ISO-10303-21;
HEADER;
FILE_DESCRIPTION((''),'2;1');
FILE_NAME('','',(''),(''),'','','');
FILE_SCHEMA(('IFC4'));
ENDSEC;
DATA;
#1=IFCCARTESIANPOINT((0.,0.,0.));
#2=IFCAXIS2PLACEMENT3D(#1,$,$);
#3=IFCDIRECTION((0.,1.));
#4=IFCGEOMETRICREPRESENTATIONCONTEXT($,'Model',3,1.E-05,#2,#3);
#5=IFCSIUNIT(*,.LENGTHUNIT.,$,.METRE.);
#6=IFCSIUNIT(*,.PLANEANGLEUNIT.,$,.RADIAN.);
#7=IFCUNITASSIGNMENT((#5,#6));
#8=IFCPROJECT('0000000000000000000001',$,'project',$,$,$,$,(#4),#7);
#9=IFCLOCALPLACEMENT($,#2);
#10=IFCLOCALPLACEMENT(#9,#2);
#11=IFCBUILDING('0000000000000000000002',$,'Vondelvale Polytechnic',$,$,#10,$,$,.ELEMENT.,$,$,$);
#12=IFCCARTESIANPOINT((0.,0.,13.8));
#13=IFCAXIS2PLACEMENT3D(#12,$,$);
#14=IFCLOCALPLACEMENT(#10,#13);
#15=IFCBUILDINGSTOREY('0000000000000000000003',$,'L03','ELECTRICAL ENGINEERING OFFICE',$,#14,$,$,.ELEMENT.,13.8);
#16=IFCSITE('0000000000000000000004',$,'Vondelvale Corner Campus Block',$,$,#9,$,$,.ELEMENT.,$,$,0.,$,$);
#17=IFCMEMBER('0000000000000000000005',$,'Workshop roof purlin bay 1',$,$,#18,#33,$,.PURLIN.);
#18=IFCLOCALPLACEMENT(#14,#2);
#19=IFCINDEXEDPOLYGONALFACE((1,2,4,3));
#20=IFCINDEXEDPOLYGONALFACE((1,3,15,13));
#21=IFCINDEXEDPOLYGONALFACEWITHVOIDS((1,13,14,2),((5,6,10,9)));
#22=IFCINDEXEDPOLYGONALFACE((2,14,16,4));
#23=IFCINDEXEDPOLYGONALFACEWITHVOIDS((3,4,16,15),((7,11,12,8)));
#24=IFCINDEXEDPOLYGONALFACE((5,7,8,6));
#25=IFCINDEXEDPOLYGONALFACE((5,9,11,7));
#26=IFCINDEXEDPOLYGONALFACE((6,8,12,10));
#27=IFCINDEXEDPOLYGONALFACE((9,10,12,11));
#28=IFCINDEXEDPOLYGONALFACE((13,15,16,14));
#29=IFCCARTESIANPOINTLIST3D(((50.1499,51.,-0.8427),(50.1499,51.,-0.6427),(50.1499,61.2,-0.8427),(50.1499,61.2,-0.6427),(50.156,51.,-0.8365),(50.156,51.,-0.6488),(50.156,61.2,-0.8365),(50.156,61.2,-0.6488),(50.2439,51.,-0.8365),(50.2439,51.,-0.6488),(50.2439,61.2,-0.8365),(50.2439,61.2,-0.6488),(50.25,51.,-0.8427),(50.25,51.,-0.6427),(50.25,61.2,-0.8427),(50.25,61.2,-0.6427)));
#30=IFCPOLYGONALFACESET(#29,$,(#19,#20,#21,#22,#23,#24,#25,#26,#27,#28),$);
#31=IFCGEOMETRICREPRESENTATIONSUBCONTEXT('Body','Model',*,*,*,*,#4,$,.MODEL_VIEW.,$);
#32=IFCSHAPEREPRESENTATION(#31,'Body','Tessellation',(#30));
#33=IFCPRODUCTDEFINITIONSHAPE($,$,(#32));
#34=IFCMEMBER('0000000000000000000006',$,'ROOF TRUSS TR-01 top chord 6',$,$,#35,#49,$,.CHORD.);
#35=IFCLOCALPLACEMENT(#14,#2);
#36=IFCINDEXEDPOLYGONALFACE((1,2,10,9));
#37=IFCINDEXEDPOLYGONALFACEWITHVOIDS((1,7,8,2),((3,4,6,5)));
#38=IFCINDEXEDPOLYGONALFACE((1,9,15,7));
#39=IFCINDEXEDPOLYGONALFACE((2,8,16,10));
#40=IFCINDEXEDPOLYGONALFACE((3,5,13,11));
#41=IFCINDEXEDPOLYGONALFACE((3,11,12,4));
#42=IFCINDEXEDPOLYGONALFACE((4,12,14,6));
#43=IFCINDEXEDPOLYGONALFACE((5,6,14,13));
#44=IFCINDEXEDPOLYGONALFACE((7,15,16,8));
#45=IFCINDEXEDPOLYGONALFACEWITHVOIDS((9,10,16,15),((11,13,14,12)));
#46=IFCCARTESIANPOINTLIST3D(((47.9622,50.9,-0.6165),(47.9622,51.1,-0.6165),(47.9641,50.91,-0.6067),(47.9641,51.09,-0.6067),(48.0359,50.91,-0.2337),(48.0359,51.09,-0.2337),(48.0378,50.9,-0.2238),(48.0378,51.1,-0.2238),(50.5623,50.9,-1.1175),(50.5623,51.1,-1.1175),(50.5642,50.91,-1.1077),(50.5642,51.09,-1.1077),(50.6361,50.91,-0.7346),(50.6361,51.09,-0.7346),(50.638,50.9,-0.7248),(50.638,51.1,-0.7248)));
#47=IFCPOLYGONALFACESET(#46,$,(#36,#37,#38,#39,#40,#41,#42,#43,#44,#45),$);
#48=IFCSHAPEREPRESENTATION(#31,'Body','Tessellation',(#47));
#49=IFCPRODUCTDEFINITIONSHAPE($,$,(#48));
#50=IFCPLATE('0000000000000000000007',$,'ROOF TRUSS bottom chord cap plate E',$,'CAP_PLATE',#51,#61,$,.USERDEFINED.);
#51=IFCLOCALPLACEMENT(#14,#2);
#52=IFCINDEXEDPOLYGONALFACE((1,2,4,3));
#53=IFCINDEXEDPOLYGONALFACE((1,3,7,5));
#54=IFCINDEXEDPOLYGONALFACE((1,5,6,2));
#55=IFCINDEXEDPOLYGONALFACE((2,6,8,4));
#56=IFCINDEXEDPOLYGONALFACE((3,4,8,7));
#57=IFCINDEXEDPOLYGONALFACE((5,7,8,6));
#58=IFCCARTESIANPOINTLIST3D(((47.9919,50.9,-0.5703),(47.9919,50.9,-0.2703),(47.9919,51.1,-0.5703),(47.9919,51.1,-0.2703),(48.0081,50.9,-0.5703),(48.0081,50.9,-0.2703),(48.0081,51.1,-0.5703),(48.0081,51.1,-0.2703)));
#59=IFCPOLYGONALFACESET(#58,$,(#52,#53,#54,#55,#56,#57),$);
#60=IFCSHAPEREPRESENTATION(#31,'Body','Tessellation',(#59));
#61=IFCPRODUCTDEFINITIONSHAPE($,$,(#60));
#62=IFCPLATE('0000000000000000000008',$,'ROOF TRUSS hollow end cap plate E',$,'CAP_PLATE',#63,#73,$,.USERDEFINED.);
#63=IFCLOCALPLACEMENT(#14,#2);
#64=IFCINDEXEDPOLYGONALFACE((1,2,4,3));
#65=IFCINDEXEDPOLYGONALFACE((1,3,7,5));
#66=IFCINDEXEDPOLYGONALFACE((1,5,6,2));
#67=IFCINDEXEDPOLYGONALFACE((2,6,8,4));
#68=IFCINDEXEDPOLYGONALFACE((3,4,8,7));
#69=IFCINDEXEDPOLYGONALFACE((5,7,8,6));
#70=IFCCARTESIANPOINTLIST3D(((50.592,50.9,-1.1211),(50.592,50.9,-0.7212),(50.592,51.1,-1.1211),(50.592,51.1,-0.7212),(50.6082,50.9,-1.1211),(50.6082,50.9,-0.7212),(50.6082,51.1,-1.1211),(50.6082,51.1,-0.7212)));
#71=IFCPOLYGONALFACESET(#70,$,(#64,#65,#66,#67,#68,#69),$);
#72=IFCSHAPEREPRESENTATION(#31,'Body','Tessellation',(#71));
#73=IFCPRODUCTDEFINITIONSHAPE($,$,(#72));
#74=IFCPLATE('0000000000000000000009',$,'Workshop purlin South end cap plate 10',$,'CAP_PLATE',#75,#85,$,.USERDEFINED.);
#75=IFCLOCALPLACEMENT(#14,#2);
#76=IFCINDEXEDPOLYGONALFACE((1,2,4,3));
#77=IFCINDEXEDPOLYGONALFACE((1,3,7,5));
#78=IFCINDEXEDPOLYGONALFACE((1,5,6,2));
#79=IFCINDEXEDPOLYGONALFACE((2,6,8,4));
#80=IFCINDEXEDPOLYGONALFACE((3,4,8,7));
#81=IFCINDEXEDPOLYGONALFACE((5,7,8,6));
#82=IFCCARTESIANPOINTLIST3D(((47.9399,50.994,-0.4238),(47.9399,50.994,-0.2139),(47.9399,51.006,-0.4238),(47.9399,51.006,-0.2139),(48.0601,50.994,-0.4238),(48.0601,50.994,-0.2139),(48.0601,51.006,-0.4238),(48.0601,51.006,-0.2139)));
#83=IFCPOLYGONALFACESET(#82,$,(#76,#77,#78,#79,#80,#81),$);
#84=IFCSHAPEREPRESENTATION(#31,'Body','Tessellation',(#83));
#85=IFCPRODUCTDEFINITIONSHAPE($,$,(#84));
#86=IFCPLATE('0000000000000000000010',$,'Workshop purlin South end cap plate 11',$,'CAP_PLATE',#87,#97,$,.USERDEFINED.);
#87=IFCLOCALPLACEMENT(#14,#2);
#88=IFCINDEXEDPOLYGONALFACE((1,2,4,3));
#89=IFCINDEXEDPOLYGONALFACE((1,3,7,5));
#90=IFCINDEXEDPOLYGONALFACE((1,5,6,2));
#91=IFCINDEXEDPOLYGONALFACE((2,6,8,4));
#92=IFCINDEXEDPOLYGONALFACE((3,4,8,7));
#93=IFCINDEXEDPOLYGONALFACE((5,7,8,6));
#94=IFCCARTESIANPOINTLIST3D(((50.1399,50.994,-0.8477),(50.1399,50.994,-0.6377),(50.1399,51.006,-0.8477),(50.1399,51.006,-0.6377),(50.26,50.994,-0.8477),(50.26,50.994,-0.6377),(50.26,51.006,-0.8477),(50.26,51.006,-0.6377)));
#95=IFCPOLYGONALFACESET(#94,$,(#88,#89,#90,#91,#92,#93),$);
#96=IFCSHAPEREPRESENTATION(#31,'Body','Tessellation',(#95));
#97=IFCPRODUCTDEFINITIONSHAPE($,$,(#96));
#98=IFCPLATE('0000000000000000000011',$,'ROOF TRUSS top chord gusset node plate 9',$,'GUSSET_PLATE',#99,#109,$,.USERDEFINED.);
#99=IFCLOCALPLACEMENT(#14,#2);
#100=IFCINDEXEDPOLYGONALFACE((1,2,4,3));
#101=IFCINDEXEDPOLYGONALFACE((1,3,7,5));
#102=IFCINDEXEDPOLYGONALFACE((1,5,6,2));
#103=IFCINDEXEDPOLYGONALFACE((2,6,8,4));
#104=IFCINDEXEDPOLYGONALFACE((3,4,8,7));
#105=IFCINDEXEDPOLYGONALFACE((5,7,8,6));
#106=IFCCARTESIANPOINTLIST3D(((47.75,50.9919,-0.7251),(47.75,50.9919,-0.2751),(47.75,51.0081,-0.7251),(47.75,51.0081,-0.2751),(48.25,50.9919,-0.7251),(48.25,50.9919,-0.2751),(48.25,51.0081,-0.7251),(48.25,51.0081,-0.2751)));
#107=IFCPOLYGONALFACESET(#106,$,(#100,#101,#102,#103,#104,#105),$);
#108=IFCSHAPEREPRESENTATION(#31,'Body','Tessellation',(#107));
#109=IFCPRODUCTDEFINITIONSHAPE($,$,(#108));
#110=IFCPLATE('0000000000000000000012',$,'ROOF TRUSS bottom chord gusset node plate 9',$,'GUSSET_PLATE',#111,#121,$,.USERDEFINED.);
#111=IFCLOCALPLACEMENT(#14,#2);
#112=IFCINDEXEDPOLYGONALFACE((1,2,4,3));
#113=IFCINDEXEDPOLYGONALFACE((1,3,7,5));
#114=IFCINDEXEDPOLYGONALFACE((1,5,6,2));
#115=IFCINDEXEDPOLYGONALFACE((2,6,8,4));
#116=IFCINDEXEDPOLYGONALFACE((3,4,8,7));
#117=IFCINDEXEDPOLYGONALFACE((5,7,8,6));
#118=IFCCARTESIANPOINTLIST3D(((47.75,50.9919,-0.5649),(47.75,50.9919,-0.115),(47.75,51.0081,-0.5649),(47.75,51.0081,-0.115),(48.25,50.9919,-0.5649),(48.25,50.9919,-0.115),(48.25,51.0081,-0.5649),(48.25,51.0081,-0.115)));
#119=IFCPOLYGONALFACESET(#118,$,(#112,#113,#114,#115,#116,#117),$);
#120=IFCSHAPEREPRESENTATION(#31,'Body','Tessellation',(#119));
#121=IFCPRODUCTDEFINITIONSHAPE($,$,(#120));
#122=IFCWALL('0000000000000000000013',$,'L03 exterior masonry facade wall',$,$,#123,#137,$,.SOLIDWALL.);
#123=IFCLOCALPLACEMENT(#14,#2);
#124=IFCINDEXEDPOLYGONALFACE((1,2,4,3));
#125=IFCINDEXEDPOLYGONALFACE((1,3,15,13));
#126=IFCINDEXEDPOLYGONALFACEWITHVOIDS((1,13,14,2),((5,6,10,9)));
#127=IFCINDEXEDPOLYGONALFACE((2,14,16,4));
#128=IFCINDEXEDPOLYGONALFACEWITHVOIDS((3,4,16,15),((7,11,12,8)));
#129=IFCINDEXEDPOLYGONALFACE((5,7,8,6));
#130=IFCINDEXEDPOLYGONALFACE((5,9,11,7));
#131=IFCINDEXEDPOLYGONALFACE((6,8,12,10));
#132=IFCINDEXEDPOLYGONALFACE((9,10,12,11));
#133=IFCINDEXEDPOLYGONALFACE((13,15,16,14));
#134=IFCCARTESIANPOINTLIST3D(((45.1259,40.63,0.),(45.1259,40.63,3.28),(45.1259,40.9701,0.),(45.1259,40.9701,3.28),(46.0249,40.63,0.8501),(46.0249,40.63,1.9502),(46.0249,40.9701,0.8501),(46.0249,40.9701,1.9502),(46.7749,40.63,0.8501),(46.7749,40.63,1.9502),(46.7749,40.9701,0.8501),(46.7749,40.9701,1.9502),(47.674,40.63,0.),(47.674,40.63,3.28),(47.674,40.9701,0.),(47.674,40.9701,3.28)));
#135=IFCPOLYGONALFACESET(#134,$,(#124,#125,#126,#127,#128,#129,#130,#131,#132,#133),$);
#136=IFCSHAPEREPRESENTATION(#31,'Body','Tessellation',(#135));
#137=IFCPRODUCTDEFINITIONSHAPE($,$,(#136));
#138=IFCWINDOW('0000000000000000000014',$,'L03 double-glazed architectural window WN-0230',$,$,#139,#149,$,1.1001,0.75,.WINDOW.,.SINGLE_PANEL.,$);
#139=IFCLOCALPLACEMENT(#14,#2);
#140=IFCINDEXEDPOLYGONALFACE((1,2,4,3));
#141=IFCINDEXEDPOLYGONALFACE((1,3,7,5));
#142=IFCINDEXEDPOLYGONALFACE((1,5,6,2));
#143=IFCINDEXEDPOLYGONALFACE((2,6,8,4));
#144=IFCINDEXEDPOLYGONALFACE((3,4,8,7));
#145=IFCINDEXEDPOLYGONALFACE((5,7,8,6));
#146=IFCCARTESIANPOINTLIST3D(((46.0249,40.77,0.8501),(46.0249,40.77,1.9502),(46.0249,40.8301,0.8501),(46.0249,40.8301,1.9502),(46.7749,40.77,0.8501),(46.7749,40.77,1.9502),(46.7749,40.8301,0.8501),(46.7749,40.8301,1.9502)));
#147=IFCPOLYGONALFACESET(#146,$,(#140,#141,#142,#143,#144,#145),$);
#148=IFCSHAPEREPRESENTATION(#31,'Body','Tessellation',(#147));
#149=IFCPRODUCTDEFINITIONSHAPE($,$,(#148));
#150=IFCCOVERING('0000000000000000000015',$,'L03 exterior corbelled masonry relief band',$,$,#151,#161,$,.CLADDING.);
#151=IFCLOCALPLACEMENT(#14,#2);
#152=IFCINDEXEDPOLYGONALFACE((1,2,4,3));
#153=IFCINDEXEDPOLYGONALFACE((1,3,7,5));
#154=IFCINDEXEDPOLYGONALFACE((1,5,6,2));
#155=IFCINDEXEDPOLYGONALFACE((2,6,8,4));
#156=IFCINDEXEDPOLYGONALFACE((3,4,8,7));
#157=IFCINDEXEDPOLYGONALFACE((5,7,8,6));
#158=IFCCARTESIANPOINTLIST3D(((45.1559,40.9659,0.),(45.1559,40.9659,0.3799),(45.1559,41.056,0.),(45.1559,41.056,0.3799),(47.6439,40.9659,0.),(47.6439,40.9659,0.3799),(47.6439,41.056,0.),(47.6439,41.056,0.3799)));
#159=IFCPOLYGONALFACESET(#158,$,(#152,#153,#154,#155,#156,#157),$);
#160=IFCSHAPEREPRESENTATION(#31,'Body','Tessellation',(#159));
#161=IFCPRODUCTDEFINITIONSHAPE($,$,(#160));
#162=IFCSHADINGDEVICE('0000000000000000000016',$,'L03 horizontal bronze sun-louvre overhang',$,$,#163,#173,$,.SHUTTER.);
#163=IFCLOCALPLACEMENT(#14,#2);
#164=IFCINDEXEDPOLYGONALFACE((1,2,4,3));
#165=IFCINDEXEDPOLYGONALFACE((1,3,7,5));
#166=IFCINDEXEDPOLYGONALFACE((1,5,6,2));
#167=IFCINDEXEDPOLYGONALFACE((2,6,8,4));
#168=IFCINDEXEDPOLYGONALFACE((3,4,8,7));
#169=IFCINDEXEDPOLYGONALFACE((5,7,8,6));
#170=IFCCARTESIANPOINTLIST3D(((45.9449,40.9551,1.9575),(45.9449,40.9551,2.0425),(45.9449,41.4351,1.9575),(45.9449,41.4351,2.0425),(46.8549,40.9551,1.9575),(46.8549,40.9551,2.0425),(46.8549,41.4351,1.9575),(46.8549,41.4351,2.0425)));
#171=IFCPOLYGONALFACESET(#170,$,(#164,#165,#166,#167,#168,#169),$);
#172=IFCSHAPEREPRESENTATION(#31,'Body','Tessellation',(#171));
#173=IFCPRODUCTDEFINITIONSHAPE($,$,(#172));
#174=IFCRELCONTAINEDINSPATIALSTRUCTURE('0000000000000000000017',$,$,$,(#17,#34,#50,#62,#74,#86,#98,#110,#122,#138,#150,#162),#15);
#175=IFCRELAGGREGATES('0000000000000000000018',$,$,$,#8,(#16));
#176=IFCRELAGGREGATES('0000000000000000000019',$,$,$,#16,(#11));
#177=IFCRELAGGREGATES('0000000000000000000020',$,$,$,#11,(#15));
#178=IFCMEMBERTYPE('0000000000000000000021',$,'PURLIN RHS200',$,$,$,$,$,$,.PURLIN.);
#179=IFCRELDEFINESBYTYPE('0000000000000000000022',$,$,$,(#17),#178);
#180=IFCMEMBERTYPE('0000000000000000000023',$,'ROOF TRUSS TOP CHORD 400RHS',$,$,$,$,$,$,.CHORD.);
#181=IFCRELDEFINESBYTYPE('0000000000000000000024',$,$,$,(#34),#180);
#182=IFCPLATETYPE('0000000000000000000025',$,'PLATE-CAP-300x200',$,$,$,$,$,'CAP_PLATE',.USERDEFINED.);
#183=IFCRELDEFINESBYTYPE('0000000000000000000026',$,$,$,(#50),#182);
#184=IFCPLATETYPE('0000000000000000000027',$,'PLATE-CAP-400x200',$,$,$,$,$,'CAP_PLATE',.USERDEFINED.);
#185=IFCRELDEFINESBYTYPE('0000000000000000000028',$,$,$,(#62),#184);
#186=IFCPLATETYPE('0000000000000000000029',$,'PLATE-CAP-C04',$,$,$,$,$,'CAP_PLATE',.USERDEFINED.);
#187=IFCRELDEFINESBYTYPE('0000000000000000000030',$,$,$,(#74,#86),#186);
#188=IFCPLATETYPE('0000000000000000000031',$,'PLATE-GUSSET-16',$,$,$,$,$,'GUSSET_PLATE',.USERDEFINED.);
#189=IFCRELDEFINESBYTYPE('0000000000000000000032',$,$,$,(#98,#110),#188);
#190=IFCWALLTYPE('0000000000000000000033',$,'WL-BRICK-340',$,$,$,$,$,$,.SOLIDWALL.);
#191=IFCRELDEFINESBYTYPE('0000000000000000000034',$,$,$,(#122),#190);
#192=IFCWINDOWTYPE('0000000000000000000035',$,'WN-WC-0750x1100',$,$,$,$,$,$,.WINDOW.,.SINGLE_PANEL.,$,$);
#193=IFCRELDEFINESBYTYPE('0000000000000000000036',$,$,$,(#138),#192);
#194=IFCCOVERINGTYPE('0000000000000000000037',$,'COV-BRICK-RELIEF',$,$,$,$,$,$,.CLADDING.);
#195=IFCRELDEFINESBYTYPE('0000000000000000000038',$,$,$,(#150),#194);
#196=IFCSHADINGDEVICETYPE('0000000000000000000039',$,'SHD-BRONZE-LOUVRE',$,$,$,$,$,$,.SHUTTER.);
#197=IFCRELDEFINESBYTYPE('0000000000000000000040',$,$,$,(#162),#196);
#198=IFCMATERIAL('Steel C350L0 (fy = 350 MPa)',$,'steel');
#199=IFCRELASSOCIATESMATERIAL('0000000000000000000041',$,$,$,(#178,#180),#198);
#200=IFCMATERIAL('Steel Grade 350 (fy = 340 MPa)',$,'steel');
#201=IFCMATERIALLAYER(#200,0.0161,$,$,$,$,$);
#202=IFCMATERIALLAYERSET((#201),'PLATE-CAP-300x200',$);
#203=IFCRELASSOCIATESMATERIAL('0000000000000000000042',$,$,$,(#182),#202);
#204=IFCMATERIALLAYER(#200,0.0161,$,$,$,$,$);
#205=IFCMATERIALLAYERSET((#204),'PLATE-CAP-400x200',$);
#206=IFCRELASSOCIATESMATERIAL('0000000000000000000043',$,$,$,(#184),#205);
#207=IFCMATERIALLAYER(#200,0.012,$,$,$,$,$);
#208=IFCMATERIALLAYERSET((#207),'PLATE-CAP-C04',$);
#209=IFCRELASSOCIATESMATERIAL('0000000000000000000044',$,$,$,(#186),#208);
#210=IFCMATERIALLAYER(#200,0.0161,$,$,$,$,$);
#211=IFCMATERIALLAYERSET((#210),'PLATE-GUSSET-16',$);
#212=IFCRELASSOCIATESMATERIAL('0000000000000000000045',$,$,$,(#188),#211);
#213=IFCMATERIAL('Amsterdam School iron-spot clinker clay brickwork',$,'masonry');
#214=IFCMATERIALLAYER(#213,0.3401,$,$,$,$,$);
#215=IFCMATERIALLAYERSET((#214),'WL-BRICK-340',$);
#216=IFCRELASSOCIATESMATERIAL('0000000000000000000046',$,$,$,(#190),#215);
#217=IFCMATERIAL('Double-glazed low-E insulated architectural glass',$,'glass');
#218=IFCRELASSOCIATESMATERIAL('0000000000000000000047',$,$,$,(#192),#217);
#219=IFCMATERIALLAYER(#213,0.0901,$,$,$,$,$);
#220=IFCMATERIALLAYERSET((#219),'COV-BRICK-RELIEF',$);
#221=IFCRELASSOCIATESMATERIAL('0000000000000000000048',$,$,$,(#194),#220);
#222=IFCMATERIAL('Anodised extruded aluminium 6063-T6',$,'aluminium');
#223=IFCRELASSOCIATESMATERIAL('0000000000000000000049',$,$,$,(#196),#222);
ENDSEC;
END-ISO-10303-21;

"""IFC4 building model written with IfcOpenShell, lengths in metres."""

from ifc_helpers import new_model, si_unit, direction, frame, frame_2d, origin, origin_2d, place, context, subcontext, project, spatial, rectangle, hollow_rectangle, extrude, material, layer, layer_set, material_profile, profile_set, type_object, element, fill, save


model = new_model("IFC4")

# Units and contexts
model_context = context("Model", 3, precision=1e-05, world=origin(), true_north=direction((0.0, 1.0)))
body_context = subcontext(model_context, "Body", "Model", "MODEL_VIEW")
ifc_project = project(units=[si_unit("LENGTHUNIT", "METRE"), si_unit("PLANEANGLEUNIT", "RADIAN")], contexts=[model_context])

# Site, building, storey
site_placement = place(None, origin())
site = spatial("IfcSite", under=ifc_project, at=site_placement, Name="Vondelvale Corner Campus Block", CompositionType="ELEMENT", RefElevation=0.0)
building_placement = place(site_placement, origin())
building = spatial("IfcBuilding", under=site, at=building_placement, Name="Vondelvale Polytechnic", CompositionType="ELEMENT")
storey_placement = place(building_placement, frame((0.0, 0.0, 13.8)))
storey = spatial("IfcBuildingStorey", under=building, at=storey_placement, Name="L03", Description="ELECTRICAL ENGINEERING OFFICE", CompositionType="ELEMENT", Elevation=13.8)

# Shared definitions
ifc_material_1 = material(Name="Anodised extruded aluminium 6063-T6", Category="aluminium")

# Members
ifc_material_2 = material(Name="Steel C350L0 (fy = 350 MPa)", Category="steel")
ifc_material_profile_1 = material_profile(ifc_material_2, hollow_rectangle(XDim=0.1001, YDim=0.2, WallThickness=0.0061, at=origin_2d()), Name="200x100x6.0RHS")
ifc_profile_set_1 = profile_set([ifc_material_profile_1], Name="Steel C350L0 (fy = 350 MPa)")
member_type_1 = type_object("IfcMemberType", Name="PURLIN RHS200", PredefinedType="PURLIN", material=ifc_profile_set_1)
for number, where, z_axis, x_axis, name in (
    (1, (50.2, 51.0, -0.7427), (0.0, 1.0, 0.0), (-1.0, 0.0, 0.0), "Workshop roof purlin bay 1"),
):
    element("IfcMember", number, at=place(storey_placement, frame(where, z_axis=z_axis, x_axis=x_axis)), inside=storey, type_object=member_type_1, Name=name, PredefinedType="PURLIN", context=body_context, shape_type="SweptSolid", body=[
        extrude(hollow_rectangle(XDim=0.1001, YDim=0.2, WallThickness=0.0061, at=origin_2d()), origin(), (0.0, 0.0, 1.0), 10.2),
    ])
ifc_material_profile_2 = material_profile(ifc_material_2, hollow_rectangle(XDim=0.2, YDim=0.3999, WallThickness=0.01, at=origin_2d()), Name="400x200x10.0RHS")
ifc_profile_set_2 = profile_set([ifc_material_profile_2], Name="Steel C350L0 (fy = 350 MPa)")
member_type_2 = type_object("IfcMemberType", Name="ROOF TRUSS TOP CHORD 400RHS", PredefinedType="CHORD", material=ifc_profile_set_2)
member_1_placement = place(storey_placement, frame((48.0, 51.0, -0.4202), z_axis=(0.981939, 0.0, -0.189196), x_axis=(0.0, 1.0, 0.0)))
element("IfcMember", 2, at=member_1_placement, inside=storey, type_object=member_type_2, Name="ROOF TRUSS TR-01 top chord 6", PredefinedType="CHORD", context=body_context, shape_type="SweptSolid", body=[
    extrude(hollow_rectangle(XDim=0.2, YDim=0.3999, WallThickness=0.01, at=origin_2d()), origin(), (0.0, 0.0, 1.0), 2.6479),
])

# Plates
ifc_material_3 = material(Name="Steel Grade 350 (fy = 340 MPa)", Category="steel")
ifc_layer_1 = layer(ifc_material_3, 0.0161)
ifc_layer_set_1 = layer_set([ifc_layer_1], Name="PLATE-CAP-300x200")
plate_type_1 = type_object("IfcPlateType", Name="PLATE-CAP-300x200", ElementType="CAP_PLATE", PredefinedType="USERDEFINED", material=ifc_layer_set_1)
plate_1_placement = place(storey_placement, frame((48.0, 51.0, -0.5703), z_axis=(0.0, 0.0, 1.0), x_axis=(1.0, 0.0, 0.0)))
element("IfcPlate", 3, at=plate_1_placement, inside=storey, type_object=plate_type_1, Name="ROOF TRUSS bottom chord cap plate E", ObjectType="CAP_PLATE", PredefinedType="USERDEFINED", context=body_context, shape_type="SweptSolid", body=[
    extrude(rectangle(XDim=0.0161, YDim=0.2, at=origin_2d()), origin(), (0.0, 0.0, 1.0), 0.3),
])
ifc_layer_2 = layer(ifc_material_3, 0.0161)
ifc_layer_set_2 = layer_set([ifc_layer_2], Name="PLATE-CAP-400x200")
plate_type_2 = type_object("IfcPlateType", Name="PLATE-CAP-400x200", ElementType="CAP_PLATE", PredefinedType="USERDEFINED", material=ifc_layer_set_2)
plate_2_placement = place(storey_placement, frame((50.6001, 51.0, -1.1211), z_axis=(0.0, 0.0, 1.0), x_axis=(1.0, 0.0, 0.0)))
element("IfcPlate", 4, at=plate_2_placement, inside=storey, type_object=plate_type_2, Name="ROOF TRUSS hollow end cap plate E", ObjectType="CAP_PLATE", PredefinedType="USERDEFINED", context=body_context, shape_type="SweptSolid", body=[
    extrude(rectangle(XDim=0.0161, YDim=0.2, at=origin_2d()), origin(), (0.0, 0.0, 1.0), 0.3999),
])
ifc_layer_3 = layer(ifc_material_3, 0.012)
ifc_layer_set_3 = layer_set([ifc_layer_3], Name="PLATE-CAP-C04")
plate_type_3 = type_object("IfcPlateType", Name="PLATE-CAP-C04", ElementType="CAP_PLATE", PredefinedType="USERDEFINED", material=ifc_layer_set_3)
for number, where, z_axis, x_axis, name in (
    (5, (48.0, 51.0, -0.4238), (0.0, 0.0, 1.0), (1.0, 0.0, 0.0), "Workshop purlin South end cap plate 10"),
    (6, (50.2, 51.0, -0.8477), (0.0, 0.0, 1.0), (1.0, 0.0, 0.0), "Workshop purlin South end cap plate 11"),
):
    element("IfcPlate", number, at=place(storey_placement, frame(where, z_axis=z_axis, x_axis=x_axis)), inside=storey, type_object=plate_type_3, Name=name, ObjectType="CAP_PLATE", PredefinedType="USERDEFINED", context=body_context, shape_type="SweptSolid", body=[
        extrude(rectangle(XDim=0.1201, YDim=0.012, at=origin_2d()), origin(), (0.0, 0.0, 1.0), 0.21),
    ])
ifc_layer_4 = layer(ifc_material_3, 0.0161)
ifc_layer_set_4 = layer_set([ifc_layer_4], Name="PLATE-GUSSET-16")
plate_type_4 = type_object("IfcPlateType", Name="PLATE-GUSSET-16", ElementType="GUSSET_PLATE", PredefinedType="USERDEFINED", material=ifc_layer_set_4)
for number, where, z_axis, x_axis, name in (
    (7, (48.0, 51.0, -0.7251), (0.0, 0.0, 1.0), (1.0, 0.0, 0.0), "ROOF TRUSS top chord gusset node plate 9"),
    (8, (48.0, 51.0, -0.5649), (0.0, 0.0, 1.0), (1.0, 0.0, 0.0), "ROOF TRUSS bottom chord gusset node plate 9"),
):
    element("IfcPlate", number, at=place(storey_placement, frame(where, z_axis=z_axis, x_axis=x_axis)), inside=storey, type_object=plate_type_4, Name=name, ObjectType="GUSSET_PLATE", PredefinedType="USERDEFINED", context=body_context, shape_type="SweptSolid", body=[
        extrude(rectangle(XDim=0.5, YDim=0.0161, at=origin_2d()), origin(), (0.0, 0.0, 1.0), 0.45),
    ])

# Wall, opening, window
ifc_material_4 = material(Name="Amsterdam School iron-spot clinker clay brickwork", Category="masonry")
ifc_layer_5 = layer(ifc_material_4, 0.3401)
ifc_layer_set_5 = layer_set([ifc_layer_5], Name="WL-BRICK-340")
wall_type = type_object("IfcWallType", Name="WL-BRICK-340", PredefinedType="SOLIDWALL", material=ifc_layer_set_5)
wall_placement = place(storey_placement, frame((45.126, 40.8, 0.0), z_axis=(0.0, 0.0, 1.0), x_axis=(1.0, 0.0, 0.0)))
wall = element("IfcWall", 9, at=wall_placement, inside=storey, type_object=wall_type, Name="L03 exterior masonry facade wall", PredefinedType="SOLIDWALL", context=body_context, shape_type="SweptSolid", body=[
    extrude(rectangle(XDim=2.5481, YDim=0.3401, at=frame_2d((1.2739, 0.0))), origin(), (0.0, 0.0, 1.0), 3.28),
])
opening_placement = place(wall_placement, frame((0.8989, 0.0, 0.8501)))
opening = element("IfcOpeningElement", 10, at=opening_placement, cuts=wall, PredefinedType="OPENING", context=body_context, shape_type="SweptSolid", body=[
    extrude(rectangle(XDim=0.75, YDim=1.1001, at=frame_2d((0.375, 0.55))), frame((0.0, 0.1799, 0.0), z_axis=(0.0, -1.0, 0.0), x_axis=(1.0, 0.0, 0.0)), (0.0, 0.0, 1.0), 0.3601),
])
ifc_material_5 = material(Name="Double-glazed low-E insulated architectural glass", Category="glass")
window_type = type_object("IfcWindowType", Name="WN-WC-0750x1100", PartitioningType="SINGLE_PANEL", PredefinedType="WINDOW", material=ifc_material_5)
window_placement = place(opening_placement, origin())
window = element("IfcWindow", 11, at=window_placement, inside=storey, type_object=window_type, Name="L03 double-glazed architectural window WN-0230", OverallHeight=1.1001, OverallWidth=0.75, PartitioningType="SINGLE_PANEL", PredefinedType="WINDOW", context=body_context, shape_type="SweptSolid", body=[
    extrude(rectangle(XDim=0.75, YDim=1.1001, at=frame_2d((0.375, 0.55))), frame((0.0, 0.03, 0.0), z_axis=(0.0, -1.0, 0.0), x_axis=(1.0, 0.0, 0.0)), (0.0, 0.0, 1.0), 0.0601),
])
fill(opening, window)

# Covering
ifc_layer_6 = layer(ifc_material_4, 0.0901)
ifc_layer_set_6 = layer_set([ifc_layer_6], Name="COV-BRICK-RELIEF")
covering_type = type_object("IfcCoveringType", Name="COV-BRICK-RELIEF", PredefinedType="CLADDING", material=ifc_layer_set_6)
covering_placement = place(storey_placement, frame((46.3999, 41.011, 0.0), z_axis=(0.0, 0.0, 1.0), x_axis=(1.0, 0.0, 0.0)))
element("IfcCovering", 12, at=covering_placement, inside=storey, type_object=covering_type, Name="L03 exterior corbelled masonry relief band", PredefinedType="CLADDING", context=body_context, shape_type="SweptSolid", body=[
    extrude(rectangle(XDim=2.488, YDim=0.0901, at=origin_2d()), origin(), (0.0, 0.0, 1.0), 0.3799),
])

# Shading device
shading_device_type = type_object("IfcShadingDeviceType", Name="SHD-BRONZE-LOUVRE", PredefinedType="SHUTTER", material=ifc_material_1)
shading_device_placement = place(storey_placement, frame((46.3999, 41.1951, 1.9575), z_axis=(0.0, 0.0, 1.0), x_axis=(1.0, 0.0, 0.0)))
element("IfcShadingDevice", 13, at=shading_device_placement, inside=storey, type_object=shading_device_type, Name="L03 horizontal bronze sun-louvre overhang", PredefinedType="SHUTTER", context=body_context, shape_type="SweptSolid", body=[
    extrude(rectangle(XDim=0.9099, YDim=0.48, at=origin_2d()), origin(), (0.0, 0.0, 1.0), 0.085),
])

save(model, "model.ifc")
